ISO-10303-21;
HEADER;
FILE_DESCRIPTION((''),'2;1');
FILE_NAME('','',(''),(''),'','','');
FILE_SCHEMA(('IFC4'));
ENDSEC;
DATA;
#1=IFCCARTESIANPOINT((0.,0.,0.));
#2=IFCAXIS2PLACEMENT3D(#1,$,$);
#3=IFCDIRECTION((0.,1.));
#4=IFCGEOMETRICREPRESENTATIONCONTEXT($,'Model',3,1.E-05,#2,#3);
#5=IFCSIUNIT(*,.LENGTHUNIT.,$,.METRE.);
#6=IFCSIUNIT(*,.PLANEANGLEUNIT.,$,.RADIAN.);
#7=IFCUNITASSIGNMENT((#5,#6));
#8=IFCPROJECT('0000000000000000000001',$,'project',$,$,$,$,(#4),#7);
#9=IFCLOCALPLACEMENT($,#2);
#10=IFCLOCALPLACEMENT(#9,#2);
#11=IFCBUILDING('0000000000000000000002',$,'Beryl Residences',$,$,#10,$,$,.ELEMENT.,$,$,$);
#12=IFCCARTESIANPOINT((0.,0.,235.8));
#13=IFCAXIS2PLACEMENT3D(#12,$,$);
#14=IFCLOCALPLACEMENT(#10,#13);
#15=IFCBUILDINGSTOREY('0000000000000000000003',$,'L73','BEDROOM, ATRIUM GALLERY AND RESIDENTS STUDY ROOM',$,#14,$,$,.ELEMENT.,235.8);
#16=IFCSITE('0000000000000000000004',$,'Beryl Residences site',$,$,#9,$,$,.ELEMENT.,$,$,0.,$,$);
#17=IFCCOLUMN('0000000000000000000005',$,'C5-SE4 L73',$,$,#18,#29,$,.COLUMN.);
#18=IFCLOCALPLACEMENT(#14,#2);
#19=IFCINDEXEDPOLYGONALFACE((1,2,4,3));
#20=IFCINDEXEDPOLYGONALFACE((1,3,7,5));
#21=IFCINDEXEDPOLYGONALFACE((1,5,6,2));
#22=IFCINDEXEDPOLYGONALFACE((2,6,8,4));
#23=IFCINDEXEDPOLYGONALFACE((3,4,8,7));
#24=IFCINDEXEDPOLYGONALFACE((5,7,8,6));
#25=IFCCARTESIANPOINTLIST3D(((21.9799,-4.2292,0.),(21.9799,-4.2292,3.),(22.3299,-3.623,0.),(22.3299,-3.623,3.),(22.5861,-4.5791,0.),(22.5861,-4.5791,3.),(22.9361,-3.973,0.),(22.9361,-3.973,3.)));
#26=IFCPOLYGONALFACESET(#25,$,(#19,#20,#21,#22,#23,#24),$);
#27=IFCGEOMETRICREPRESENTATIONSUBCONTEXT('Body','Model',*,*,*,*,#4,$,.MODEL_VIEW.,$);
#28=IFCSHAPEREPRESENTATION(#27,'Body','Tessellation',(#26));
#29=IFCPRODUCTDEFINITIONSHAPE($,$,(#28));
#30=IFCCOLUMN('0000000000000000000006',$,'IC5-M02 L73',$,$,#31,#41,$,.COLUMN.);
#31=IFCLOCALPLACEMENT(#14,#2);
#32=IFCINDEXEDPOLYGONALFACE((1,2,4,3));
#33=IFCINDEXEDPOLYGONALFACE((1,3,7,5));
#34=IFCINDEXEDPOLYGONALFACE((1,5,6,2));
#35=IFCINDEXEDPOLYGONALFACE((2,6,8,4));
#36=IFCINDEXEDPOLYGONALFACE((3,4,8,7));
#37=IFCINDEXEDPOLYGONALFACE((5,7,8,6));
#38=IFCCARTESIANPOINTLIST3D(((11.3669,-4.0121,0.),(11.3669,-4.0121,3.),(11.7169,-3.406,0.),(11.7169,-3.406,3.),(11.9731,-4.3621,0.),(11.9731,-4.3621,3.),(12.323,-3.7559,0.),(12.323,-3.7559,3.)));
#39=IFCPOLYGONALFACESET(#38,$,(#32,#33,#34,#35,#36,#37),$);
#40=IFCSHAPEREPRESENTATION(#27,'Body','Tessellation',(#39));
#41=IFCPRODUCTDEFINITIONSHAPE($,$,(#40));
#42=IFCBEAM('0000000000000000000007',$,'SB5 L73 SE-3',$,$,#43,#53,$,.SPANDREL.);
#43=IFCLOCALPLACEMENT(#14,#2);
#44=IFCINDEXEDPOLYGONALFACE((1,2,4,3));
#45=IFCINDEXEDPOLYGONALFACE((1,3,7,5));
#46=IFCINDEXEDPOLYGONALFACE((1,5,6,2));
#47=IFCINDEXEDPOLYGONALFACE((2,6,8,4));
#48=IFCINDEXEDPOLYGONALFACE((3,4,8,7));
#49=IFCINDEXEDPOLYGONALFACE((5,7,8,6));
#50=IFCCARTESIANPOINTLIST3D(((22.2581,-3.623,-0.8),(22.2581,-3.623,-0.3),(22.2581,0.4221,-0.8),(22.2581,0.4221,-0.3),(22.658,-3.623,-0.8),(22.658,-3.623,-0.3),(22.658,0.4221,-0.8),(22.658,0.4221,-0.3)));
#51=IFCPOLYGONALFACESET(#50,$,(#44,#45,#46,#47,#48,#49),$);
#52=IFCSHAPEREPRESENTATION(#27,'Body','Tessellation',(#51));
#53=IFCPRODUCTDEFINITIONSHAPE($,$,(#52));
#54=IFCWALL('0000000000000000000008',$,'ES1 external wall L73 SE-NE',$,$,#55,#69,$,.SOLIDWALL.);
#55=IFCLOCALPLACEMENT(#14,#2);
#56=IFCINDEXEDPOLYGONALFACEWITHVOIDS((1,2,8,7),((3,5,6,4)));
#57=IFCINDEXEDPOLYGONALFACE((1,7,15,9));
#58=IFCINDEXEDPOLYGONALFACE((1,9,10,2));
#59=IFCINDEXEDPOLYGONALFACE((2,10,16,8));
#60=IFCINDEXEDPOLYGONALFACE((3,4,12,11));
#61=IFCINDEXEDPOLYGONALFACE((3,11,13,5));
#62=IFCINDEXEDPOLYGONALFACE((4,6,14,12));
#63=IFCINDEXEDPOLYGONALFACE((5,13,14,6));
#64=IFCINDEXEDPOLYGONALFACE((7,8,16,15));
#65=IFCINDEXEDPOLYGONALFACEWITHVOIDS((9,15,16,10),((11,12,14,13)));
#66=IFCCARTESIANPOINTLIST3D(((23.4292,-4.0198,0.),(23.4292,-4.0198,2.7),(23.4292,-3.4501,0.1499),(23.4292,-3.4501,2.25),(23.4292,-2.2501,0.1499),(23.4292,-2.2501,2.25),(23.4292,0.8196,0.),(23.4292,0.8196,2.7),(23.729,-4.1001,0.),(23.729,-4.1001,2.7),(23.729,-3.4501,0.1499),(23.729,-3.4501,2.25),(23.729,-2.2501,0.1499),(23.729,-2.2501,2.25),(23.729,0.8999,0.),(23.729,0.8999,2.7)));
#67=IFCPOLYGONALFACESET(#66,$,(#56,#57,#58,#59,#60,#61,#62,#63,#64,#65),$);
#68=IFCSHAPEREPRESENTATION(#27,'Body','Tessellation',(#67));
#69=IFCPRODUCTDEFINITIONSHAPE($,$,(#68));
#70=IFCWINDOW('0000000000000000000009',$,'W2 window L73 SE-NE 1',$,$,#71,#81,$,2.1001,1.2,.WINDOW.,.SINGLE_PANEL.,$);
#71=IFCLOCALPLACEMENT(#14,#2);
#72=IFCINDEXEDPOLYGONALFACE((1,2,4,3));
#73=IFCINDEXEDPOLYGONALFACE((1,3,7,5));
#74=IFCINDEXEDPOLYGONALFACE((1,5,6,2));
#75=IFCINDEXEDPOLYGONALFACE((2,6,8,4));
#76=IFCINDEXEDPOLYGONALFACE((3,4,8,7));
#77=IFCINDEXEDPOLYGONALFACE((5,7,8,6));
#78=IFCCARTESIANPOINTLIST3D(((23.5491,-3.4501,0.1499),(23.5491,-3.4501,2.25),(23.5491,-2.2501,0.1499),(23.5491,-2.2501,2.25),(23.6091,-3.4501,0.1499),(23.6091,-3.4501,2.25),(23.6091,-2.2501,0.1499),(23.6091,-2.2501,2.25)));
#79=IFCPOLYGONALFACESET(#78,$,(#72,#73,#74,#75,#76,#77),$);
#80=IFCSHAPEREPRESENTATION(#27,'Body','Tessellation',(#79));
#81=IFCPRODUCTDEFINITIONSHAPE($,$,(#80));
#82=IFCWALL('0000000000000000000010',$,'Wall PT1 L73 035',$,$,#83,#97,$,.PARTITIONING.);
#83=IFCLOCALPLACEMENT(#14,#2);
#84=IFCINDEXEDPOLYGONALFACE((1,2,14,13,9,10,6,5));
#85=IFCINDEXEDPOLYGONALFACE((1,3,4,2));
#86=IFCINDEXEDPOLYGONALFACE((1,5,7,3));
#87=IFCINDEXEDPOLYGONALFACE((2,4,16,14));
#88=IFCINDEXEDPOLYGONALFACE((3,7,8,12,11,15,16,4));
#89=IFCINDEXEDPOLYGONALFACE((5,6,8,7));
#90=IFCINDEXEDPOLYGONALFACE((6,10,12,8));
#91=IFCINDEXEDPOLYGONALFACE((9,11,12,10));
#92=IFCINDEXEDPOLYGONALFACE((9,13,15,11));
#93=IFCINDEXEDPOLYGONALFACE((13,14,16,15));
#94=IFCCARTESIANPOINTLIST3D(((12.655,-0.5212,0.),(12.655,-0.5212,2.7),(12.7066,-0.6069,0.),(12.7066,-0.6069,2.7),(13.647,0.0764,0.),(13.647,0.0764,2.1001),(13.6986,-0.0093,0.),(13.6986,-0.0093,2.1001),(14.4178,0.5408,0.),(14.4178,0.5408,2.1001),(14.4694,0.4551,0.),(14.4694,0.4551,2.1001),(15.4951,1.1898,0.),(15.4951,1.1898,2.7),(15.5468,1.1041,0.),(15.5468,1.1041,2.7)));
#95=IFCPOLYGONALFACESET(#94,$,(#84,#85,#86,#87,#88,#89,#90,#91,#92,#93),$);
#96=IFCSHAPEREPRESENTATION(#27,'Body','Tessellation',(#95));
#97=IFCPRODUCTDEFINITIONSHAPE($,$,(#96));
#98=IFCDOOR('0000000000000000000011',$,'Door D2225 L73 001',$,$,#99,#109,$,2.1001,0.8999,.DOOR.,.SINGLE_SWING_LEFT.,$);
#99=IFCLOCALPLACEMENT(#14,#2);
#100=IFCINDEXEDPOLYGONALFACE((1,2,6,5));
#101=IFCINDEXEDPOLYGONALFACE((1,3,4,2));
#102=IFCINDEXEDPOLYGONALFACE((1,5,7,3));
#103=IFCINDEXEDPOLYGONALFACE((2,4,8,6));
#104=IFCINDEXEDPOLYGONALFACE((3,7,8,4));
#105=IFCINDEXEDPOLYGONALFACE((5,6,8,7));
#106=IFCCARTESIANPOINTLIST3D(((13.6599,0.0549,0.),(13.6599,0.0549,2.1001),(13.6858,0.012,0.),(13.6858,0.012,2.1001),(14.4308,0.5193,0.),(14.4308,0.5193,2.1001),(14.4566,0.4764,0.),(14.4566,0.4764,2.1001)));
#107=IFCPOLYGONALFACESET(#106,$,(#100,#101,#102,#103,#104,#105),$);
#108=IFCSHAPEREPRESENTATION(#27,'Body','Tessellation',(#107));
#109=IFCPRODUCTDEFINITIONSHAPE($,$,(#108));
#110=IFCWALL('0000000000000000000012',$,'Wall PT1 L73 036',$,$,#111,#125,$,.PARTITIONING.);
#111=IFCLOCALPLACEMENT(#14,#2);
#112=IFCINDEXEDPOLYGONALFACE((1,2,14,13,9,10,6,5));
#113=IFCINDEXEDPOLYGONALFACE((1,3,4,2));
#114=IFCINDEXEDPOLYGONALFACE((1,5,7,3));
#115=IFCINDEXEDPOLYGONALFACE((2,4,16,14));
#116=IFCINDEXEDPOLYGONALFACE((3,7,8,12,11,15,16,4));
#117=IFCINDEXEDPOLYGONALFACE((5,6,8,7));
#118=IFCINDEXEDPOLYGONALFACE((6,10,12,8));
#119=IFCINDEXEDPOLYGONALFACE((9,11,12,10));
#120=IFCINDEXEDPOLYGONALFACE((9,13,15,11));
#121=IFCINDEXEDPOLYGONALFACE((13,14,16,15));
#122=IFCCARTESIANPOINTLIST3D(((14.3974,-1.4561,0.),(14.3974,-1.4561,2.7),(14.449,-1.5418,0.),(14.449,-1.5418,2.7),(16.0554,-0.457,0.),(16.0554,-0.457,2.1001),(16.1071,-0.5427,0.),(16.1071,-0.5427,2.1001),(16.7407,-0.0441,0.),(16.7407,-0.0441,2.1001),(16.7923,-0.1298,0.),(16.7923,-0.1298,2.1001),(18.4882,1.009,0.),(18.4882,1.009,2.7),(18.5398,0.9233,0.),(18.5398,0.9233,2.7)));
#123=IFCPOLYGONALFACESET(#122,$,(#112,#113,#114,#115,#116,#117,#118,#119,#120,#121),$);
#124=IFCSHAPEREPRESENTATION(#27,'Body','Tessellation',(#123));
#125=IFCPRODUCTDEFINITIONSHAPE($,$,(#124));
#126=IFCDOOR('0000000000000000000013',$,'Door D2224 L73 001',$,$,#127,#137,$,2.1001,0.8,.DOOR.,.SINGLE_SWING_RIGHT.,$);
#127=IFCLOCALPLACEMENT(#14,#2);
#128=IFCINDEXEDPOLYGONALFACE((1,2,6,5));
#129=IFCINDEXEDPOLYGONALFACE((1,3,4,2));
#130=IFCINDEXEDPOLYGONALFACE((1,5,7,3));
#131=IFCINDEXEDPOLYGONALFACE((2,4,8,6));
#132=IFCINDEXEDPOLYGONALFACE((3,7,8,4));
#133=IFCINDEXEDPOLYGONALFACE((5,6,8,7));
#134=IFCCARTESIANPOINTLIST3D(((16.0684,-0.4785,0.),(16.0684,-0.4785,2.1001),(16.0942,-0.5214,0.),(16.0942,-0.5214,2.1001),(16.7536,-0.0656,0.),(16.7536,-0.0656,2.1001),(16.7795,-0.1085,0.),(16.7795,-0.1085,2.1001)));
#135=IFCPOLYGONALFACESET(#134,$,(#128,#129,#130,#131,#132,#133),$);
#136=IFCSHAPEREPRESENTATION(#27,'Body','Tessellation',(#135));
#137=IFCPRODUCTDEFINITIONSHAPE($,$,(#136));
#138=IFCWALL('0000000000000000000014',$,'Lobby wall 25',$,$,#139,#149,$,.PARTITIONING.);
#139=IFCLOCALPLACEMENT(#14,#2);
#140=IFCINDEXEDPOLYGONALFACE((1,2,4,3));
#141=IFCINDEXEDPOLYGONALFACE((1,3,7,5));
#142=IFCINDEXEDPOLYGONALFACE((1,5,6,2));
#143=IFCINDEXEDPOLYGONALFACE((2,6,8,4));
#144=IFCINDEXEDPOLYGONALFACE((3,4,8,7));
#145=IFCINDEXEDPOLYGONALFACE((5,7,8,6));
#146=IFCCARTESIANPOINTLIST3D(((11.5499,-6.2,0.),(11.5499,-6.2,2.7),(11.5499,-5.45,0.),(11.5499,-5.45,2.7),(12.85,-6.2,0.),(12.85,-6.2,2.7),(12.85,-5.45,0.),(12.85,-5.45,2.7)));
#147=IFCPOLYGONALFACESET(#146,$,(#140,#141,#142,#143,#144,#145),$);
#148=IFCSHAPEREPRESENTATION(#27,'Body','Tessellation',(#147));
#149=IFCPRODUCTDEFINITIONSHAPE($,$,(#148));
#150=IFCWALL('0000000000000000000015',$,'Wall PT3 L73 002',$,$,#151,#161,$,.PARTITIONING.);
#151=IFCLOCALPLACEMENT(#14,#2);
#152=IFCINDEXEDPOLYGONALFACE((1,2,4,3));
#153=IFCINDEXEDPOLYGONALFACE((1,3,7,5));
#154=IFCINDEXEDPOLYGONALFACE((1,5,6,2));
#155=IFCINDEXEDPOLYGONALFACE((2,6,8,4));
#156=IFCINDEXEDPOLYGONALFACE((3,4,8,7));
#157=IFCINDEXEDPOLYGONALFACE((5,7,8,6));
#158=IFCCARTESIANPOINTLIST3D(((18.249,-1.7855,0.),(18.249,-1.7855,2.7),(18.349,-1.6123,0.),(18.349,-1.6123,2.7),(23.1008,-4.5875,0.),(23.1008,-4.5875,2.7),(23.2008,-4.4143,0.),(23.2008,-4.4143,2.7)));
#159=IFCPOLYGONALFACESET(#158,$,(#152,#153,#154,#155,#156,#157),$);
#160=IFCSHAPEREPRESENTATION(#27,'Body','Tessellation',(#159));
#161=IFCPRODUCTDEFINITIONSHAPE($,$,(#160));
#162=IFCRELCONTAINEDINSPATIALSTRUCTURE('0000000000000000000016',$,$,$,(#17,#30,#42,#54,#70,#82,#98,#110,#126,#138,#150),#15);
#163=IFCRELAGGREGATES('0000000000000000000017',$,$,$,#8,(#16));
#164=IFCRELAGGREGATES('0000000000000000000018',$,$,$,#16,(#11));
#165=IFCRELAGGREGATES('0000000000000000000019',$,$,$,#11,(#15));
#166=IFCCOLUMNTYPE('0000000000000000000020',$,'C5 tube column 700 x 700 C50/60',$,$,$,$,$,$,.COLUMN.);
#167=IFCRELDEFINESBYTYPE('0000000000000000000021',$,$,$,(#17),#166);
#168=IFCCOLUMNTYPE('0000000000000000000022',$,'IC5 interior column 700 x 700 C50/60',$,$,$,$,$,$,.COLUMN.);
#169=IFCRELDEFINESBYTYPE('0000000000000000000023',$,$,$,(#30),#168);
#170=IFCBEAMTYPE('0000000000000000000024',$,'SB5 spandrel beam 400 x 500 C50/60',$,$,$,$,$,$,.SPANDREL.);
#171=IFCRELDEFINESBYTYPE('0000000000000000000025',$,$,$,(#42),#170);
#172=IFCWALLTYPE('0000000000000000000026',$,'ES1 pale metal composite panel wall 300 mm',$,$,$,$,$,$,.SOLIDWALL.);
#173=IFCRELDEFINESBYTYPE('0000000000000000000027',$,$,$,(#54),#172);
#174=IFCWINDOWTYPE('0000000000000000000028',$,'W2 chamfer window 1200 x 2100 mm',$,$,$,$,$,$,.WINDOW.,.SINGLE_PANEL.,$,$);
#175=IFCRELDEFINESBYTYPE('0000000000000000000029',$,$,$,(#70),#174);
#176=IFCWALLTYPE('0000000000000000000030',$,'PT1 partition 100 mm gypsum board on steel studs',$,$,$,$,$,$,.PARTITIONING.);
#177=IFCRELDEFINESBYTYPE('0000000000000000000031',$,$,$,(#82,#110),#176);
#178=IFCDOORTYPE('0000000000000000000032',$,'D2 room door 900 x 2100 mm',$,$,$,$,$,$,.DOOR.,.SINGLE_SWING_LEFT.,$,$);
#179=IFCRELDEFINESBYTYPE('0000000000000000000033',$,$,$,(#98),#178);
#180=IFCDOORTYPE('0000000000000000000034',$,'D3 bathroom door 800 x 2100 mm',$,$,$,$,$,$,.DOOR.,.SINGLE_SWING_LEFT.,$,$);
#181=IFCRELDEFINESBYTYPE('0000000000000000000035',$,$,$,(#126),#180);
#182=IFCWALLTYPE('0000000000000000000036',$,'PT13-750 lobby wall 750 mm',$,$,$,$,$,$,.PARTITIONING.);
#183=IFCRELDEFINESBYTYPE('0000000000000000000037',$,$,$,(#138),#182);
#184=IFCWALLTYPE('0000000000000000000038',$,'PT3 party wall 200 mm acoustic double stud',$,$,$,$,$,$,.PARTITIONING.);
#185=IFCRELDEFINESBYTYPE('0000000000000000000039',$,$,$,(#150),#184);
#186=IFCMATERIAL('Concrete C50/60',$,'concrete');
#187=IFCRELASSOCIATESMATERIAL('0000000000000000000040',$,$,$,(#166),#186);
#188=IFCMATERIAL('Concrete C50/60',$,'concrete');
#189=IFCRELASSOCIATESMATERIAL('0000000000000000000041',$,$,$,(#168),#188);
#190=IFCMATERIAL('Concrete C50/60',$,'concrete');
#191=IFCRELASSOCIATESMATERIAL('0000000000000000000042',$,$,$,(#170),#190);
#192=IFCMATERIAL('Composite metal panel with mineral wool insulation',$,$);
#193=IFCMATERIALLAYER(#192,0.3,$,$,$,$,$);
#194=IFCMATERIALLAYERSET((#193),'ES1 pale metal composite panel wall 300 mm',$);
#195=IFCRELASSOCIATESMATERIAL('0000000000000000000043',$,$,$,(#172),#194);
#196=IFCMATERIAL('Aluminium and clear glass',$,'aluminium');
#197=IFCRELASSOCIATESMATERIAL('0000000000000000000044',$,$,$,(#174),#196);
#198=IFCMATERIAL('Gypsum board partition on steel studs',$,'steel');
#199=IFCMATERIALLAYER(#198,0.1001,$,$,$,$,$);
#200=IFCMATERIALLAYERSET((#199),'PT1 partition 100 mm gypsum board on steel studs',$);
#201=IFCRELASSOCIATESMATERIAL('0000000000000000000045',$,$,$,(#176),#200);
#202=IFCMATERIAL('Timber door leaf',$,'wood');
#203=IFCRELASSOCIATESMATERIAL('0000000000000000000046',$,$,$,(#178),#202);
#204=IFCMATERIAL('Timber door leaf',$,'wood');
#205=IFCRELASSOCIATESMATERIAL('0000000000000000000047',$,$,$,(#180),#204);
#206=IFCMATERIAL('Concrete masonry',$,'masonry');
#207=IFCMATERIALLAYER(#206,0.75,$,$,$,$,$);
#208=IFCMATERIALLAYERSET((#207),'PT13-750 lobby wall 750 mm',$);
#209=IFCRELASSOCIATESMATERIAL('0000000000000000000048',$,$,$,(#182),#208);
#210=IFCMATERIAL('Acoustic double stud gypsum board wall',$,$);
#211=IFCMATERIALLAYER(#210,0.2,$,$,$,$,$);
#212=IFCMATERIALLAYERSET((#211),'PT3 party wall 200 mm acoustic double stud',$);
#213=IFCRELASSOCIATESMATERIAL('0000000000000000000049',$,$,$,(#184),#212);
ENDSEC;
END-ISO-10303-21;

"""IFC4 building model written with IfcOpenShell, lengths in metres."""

from ifc_helpers import new_model, si_unit, direction, frame, frame_2d, origin, origin_2d, place, context, subcontext, project, spatial, polyline, rectangle, outline, extrude, material, layer, layer_set, material_profile, profile_set, type_object, element, fill, save


model = new_model("IFC4")

# Units and contexts
model_context = context("Model", 3, precision=1e-05, world=origin(), true_north=direction((0.0, 1.0)))
body_context = subcontext(model_context, "Body", "Model", "MODEL_VIEW")
ifc_project = project(units=[si_unit("LENGTHUNIT", "METRE"), si_unit("PLANEANGLEUNIT", "RADIAN")], contexts=[model_context])

# Site, building, storey
site_placement = place(None, origin())
site = spatial("IfcSite", under=ifc_project, at=site_placement, Name="Beryl Residences site", CompositionType="ELEMENT", RefElevation=0.0)
building_placement = place(site_placement, origin())
building = spatial("IfcBuilding", under=site, at=building_placement, Name="Beryl Residences", CompositionType="ELEMENT")
storey_placement = place(building_placement, frame((0.0, 0.0, 235.8)))
storey = spatial("IfcBuildingStorey", under=building, at=storey_placement, Name="L73", Description="BEDROOM, ATRIUM GALLERY AND RESIDENTS STUDY ROOM", CompositionType="ELEMENT", Elevation=235.8)

# Columns
ifc_material_1 = material(Name="Concrete C50/60", Category="concrete")
ifc_material_profile_1 = material_profile(ifc_material_1, rectangle(XDim=0.7, YDim=0.7, at=origin_2d()))
ifc_profile_set_1 = profile_set([ifc_material_profile_1], Name="Concrete C50/60")
column_type_1 = type_object("IfcColumnType", Name="C5 tube column 700 x 700 C50/60", PredefinedType="COLUMN", material=ifc_profile_set_1)
column_1_placement = place(storey_placement, frame((22.458, -4.1011, 0.0), z_axis=(0.0, 0.0, 1.0), x_axis=(0.499985, 0.866034, 0.0)))
element("IfcColumn", 1, at=column_1_placement, inside=storey, type_object=column_type_1, Name="C5-SE4 L73", PredefinedType="COLUMN", context=body_context, shape_type="SweptSolid", body=[
    extrude(rectangle(XDim=0.7, YDim=0.7, at=origin_2d()), origin(), (0.0, 0.0, 1.0), 3.0),
])
ifc_material_2 = material(Name="Concrete C50/60", Category="concrete")
ifc_material_profile_2 = material_profile(ifc_material_2, rectangle(XDim=0.7, YDim=0.7, at=origin_2d()))
ifc_profile_set_2 = profile_set([ifc_material_profile_2], Name="Concrete C50/60")
column_type_2 = type_object("IfcColumnType", Name="IC5 interior column 700 x 700 C50/60", PredefinedType="COLUMN", material=ifc_profile_set_2)
column_2_placement = place(storey_placement, frame((11.845, -3.884, 0.0), z_axis=(0.0, 0.0, 1.0), x_axis=(0.499985, 0.866034, 0.0)))
element("IfcColumn", 2, at=column_2_placement, inside=storey, type_object=column_type_2, Name="IC5-M02 L73", PredefinedType="COLUMN", context=body_context, shape_type="SweptSolid", body=[
    extrude(rectangle(XDim=0.7, YDim=0.7, at=origin_2d()), origin(), (0.0, 0.0, 1.0), 3.0),
])

# Beam
ifc_material_3 = material(Name="Concrete C50/60", Category="concrete")
ifc_material_profile_3 = material_profile(ifc_material_3, rectangle(XDim=0.3999, YDim=0.5, at=origin_2d()))
ifc_profile_set_3 = profile_set([ifc_material_profile_3], Name="Concrete C50/60")
beam_type = type_object("IfcBeamType", Name="SB5 spandrel beam 400 x 500 C50/60", PredefinedType="SPANDREL", material=ifc_profile_set_3)
beam_placement = place(storey_placement, frame((22.458, -3.623, -0.55), z_axis=(0.0, 1.0, 0.0), x_axis=(-1.0, 0.0, 0.0)))
element("IfcBeam", 3, at=beam_placement, inside=storey, type_object=beam_type, Name="SB5 L73 SE-3", PredefinedType="SPANDREL", context=body_context, shape_type="SweptSolid", body=[
    extrude(rectangle(XDim=0.3999, YDim=0.5, at=origin_2d()), origin(), (0.0, 0.0, 1.0), 4.0452),
])

# Wall, opening, window
ifc_material_4 = material(Name="Composite metal panel with mineral wool insulation")
ifc_layer_1 = layer(ifc_material_4, 0.3)
ifc_layer_set_1 = layer_set([ifc_layer_1], Name="ES1 pale metal composite panel wall 300 mm")
wall_type_1 = type_object("IfcWallType", Name="ES1 pale metal composite panel wall 300 mm", PredefinedType="SOLIDWALL", material=ifc_layer_set_1)
wall_1_placement = place(storey_placement, frame((23.5791, -4.1001, 0.0), z_axis=(0.0, 0.0, 1.0), x_axis=(0.0, 1.0, 0.0)))
wall_1 = element("IfcWall", 4, at=wall_1_placement, inside=storey, type_object=wall_type_1, Name="ES1 external wall L73 SE-NE", PredefinedType="SOLIDWALL", context=body_context, shape_type="SweptSolid", body=[
    extrude(outline(polyline([(0.0, -0.1499), (5.0, -0.1499), (4.9197, 0.1499), (0.0803, 0.1499), (0.0, -0.1499)])), origin(), (0.0, 0.0, 1.0), 2.7),
])
opening_1_placement = place(wall_1_placement, frame((0.6499, 0.0, 0.1499)))
opening_1 = element("IfcOpeningElement", 5, at=opening_1_placement, cuts=wall_1, PredefinedType="OPENING", context=body_context, shape_type="SweptSolid", body=[
    extrude(rectangle(XDim=1.2, YDim=2.1001, at=frame_2d((0.6001, 1.05))), frame((0.0, 0.1599, 0.0), z_axis=(0.0, -1.0, 0.0), x_axis=(1.0, 0.0, 0.0)), (0.0, 0.0, 1.0), 0.3201),
])
ifc_material_5 = material(Name="Aluminium and clear glass", Category="aluminium")
window_type = type_object("IfcWindowType", Name="W2 chamfer window 1200 x 2100 mm", PartitioningType="SINGLE_PANEL", PredefinedType="WINDOW", material=ifc_material_5)
window_placement = place(opening_1_placement, origin())
window = element("IfcWindow", 6, at=window_placement, inside=storey, type_object=window_type, Name="W2 window L73 SE-NE 1", OverallHeight=2.1001, OverallWidth=1.2, PartitioningType="SINGLE_PANEL", PredefinedType="WINDOW", context=body_context, shape_type="SweptSolid", body=[
    extrude(rectangle(XDim=1.2, YDim=2.1001, at=frame_2d((0.6001, 1.05))), frame((0.0, 0.03, 0.0), z_axis=(0.0, -1.0, 0.0), x_axis=(1.0, 0.0, 0.0)), (0.0, 0.0, 1.0), 0.0601),
])
fill(opening_1, window)

# Walls, openings, doors
ifc_material_6 = material(Name="Gypsum board partition on steel studs", Category="steel")
ifc_layer_2 = layer(ifc_material_6, 0.1001)
ifc_layer_set_2 = layer_set([ifc_layer_2], Name="PT1 partition 100 mm gypsum board on steel studs")
wall_type_2 = type_object("IfcWallType", Name="PT1 partition 100 mm gypsum board on steel studs", PredefinedType="PARTITIONING", material=ifc_layer_set_2)
wall_2_placement = place(storey_placement, frame((12.6809, -0.564, 0.0), z_axis=(0.0, 0.0, 1.0), x_axis=(0.856575, 0.516022, 0.0)))
wall_2 = element("IfcWall", 7, at=wall_2_placement, inside=storey, type_object=wall_type_2, Name="Wall PT1 L73 035", PredefinedType="PARTITIONING", context=body_context, shape_type="SweptSolid", body=[
    extrude(rectangle(XDim=3.3157, YDim=0.1001, at=frame_2d((1.6577, 0.0))), origin(), (0.0, 0.0, 1.0), 2.7),
])
opening_2_placement = place(wall_2_placement, frame((1.158, 0.0, 0.0)))
opening_2 = element("IfcOpeningElement", 8, at=opening_2_placement, cuts=wall_2, PredefinedType="OPENING", context=body_context, shape_type="SweptSolid", body=[
    extrude(rectangle(XDim=0.8999, YDim=2.1001, at=frame_2d((0.45, 1.05))), frame((0.0, 0.0601, 0.0), z_axis=(0.0, -1.0, 0.0), x_axis=(1.0, 0.0, 0.0)), (0.0, 0.0, 1.0), 0.1201),
])
ifc_material_7 = material(Name="Timber door leaf", Category="wood")
door_type_1 = type_object("IfcDoorType", Name="D2 room door 900 x 2100 mm", OperationType="SINGLE_SWING_LEFT", PredefinedType="DOOR", material=ifc_material_7)
door_1_placement = place(opening_2_placement, origin())
door_1 = element("IfcDoor", 9, at=door_1_placement, inside=storey, type_object=door_type_1, Name="Door D2225 L73 001", OperationType="SINGLE_SWING_LEFT", OverallHeight=2.1001, OverallWidth=0.8999, PredefinedType="DOOR", context=body_context, shape_type="SweptSolid", body=[
    extrude(rectangle(XDim=0.8999, YDim=2.1001, at=frame_2d((0.45, 1.05))), frame((0.0, 0.0249, 0.0), z_axis=(0.0, -1.0, 0.0), x_axis=(1.0, 0.0, 0.0)), (0.0, 0.0, 1.0), 0.05),
])
fill(opening_2, door_1)
wall_3_placement = place(storey_placement, frame((14.4231, -1.499, 0.0), z_axis=(0.0, 0.0, 1.0), x_axis=(0.856513, 0.516126, 0.0)))
wall_3 = element("IfcWall", 10, at=wall_3_placement, inside=storey, type_object=wall_type_2, Name="Wall PT1 L73 036", PredefinedType="PARTITIONING", context=body_context, shape_type="SweptSolid", body=[
    extrude(rectangle(XDim=4.7761, YDim=0.1001, at=frame_2d((2.3882, 0.0))), origin(), (0.0, 0.0, 1.0), 2.7),
])
opening_3_placement = place(wall_3_placement, frame((1.936, 0.0, 0.0)))
opening_3 = element("IfcOpeningElement", 11, at=opening_3_placement, cuts=wall_3, PredefinedType="OPENING", context=body_context, shape_type="SweptSolid", body=[
    extrude(rectangle(XDim=0.8, YDim=2.1001, at=frame_2d((0.3999, 1.05))), frame((0.0, 0.0601, 0.0), z_axis=(0.0, -1.0, 0.0), x_axis=(1.0, 0.0, 0.0)), (0.0, 0.0, 1.0), 0.1201),
])
ifc_material_8 = material(Name="Timber door leaf", Category="wood")
door_type_2 = type_object("IfcDoorType", Name="D3 bathroom door 800 x 2100 mm", OperationType="SINGLE_SWING_LEFT", PredefinedType="DOOR", material=ifc_material_8)
door_2_placement = place(opening_3_placement, origin())
door_2 = element("IfcDoor", 12, at=door_2_placement, inside=storey, type_object=door_type_2, Name="Door D2224 L73 001", OperationType="SINGLE_SWING_RIGHT", OverallHeight=2.1001, OverallWidth=0.8, PredefinedType="DOOR", context=body_context, shape_type="SweptSolid", body=[
    extrude(rectangle(XDim=0.8, YDim=2.1001, at=frame_2d((0.3999, 1.05))), frame((0.0, 0.0249, 0.0), z_axis=(0.0, -1.0, 0.0), x_axis=(1.0, 0.0, 0.0)), (0.0, 0.0, 1.0), 0.05),
])
fill(opening_3, door_2)

# Walls
ifc_material_9 = material(Name="Concrete masonry", Category="masonry")
ifc_layer_3 = layer(ifc_material_9, 0.75)
ifc_layer_set_3 = layer_set([ifc_layer_3], Name="PT13-750 lobby wall 750 mm")
wall_type_3 = type_object("IfcWallType", Name="PT13-750 lobby wall 750 mm", PredefinedType="PARTITIONING", material=ifc_layer_set_3)
wall_4_placement = place(storey_placement, frame((11.55, -5.825, 0.0), z_axis=(0.0, 0.0, 1.0), x_axis=(1.0, 0.0, 0.0)))
element("IfcWall", 13, at=wall_4_placement, inside=storey, type_object=wall_type_3, Name="Lobby wall 25", PredefinedType="PARTITIONING", context=body_context, shape_type="SweptSolid", body=[
    extrude(rectangle(XDim=1.3, YDim=0.75, at=frame_2d((0.6499, 0.0))), origin(), (0.0, 0.0, 1.0), 2.7),
])
ifc_material_10 = material(Name="Acoustic double stud gypsum board wall")
ifc_layer_4 = layer(ifc_material_10, 0.2)
ifc_layer_set_4 = layer_set([ifc_layer_4], Name="PT3 party wall 200 mm acoustic double stud")
wall_type_4 = type_object("IfcWallType", Name="PT3 party wall 200 mm acoustic double stud", PredefinedType="PARTITIONING", material=ifc_layer_set_4)
wall_5_placement = place(storey_placement, frame((18.2991, -1.699, 0.0), z_axis=(0.0, 0.0, 1.0), x_axis=(0.865963, -0.500108, 0.0)))
element("IfcWall", 14, at=wall_5_placement, inside=storey, type_object=wall_type_4, Name="Wall PT3 L73 002", PredefinedType="PARTITIONING", context=body_context, shape_type="SweptSolid", body=[
    extrude(rectangle(XDim=5.6028, YDim=0.2, at=frame_2d((2.8013, 0.0))), origin(), (0.0, 0.0, 1.0), 2.7),
])

save(model, "model.ifc")
